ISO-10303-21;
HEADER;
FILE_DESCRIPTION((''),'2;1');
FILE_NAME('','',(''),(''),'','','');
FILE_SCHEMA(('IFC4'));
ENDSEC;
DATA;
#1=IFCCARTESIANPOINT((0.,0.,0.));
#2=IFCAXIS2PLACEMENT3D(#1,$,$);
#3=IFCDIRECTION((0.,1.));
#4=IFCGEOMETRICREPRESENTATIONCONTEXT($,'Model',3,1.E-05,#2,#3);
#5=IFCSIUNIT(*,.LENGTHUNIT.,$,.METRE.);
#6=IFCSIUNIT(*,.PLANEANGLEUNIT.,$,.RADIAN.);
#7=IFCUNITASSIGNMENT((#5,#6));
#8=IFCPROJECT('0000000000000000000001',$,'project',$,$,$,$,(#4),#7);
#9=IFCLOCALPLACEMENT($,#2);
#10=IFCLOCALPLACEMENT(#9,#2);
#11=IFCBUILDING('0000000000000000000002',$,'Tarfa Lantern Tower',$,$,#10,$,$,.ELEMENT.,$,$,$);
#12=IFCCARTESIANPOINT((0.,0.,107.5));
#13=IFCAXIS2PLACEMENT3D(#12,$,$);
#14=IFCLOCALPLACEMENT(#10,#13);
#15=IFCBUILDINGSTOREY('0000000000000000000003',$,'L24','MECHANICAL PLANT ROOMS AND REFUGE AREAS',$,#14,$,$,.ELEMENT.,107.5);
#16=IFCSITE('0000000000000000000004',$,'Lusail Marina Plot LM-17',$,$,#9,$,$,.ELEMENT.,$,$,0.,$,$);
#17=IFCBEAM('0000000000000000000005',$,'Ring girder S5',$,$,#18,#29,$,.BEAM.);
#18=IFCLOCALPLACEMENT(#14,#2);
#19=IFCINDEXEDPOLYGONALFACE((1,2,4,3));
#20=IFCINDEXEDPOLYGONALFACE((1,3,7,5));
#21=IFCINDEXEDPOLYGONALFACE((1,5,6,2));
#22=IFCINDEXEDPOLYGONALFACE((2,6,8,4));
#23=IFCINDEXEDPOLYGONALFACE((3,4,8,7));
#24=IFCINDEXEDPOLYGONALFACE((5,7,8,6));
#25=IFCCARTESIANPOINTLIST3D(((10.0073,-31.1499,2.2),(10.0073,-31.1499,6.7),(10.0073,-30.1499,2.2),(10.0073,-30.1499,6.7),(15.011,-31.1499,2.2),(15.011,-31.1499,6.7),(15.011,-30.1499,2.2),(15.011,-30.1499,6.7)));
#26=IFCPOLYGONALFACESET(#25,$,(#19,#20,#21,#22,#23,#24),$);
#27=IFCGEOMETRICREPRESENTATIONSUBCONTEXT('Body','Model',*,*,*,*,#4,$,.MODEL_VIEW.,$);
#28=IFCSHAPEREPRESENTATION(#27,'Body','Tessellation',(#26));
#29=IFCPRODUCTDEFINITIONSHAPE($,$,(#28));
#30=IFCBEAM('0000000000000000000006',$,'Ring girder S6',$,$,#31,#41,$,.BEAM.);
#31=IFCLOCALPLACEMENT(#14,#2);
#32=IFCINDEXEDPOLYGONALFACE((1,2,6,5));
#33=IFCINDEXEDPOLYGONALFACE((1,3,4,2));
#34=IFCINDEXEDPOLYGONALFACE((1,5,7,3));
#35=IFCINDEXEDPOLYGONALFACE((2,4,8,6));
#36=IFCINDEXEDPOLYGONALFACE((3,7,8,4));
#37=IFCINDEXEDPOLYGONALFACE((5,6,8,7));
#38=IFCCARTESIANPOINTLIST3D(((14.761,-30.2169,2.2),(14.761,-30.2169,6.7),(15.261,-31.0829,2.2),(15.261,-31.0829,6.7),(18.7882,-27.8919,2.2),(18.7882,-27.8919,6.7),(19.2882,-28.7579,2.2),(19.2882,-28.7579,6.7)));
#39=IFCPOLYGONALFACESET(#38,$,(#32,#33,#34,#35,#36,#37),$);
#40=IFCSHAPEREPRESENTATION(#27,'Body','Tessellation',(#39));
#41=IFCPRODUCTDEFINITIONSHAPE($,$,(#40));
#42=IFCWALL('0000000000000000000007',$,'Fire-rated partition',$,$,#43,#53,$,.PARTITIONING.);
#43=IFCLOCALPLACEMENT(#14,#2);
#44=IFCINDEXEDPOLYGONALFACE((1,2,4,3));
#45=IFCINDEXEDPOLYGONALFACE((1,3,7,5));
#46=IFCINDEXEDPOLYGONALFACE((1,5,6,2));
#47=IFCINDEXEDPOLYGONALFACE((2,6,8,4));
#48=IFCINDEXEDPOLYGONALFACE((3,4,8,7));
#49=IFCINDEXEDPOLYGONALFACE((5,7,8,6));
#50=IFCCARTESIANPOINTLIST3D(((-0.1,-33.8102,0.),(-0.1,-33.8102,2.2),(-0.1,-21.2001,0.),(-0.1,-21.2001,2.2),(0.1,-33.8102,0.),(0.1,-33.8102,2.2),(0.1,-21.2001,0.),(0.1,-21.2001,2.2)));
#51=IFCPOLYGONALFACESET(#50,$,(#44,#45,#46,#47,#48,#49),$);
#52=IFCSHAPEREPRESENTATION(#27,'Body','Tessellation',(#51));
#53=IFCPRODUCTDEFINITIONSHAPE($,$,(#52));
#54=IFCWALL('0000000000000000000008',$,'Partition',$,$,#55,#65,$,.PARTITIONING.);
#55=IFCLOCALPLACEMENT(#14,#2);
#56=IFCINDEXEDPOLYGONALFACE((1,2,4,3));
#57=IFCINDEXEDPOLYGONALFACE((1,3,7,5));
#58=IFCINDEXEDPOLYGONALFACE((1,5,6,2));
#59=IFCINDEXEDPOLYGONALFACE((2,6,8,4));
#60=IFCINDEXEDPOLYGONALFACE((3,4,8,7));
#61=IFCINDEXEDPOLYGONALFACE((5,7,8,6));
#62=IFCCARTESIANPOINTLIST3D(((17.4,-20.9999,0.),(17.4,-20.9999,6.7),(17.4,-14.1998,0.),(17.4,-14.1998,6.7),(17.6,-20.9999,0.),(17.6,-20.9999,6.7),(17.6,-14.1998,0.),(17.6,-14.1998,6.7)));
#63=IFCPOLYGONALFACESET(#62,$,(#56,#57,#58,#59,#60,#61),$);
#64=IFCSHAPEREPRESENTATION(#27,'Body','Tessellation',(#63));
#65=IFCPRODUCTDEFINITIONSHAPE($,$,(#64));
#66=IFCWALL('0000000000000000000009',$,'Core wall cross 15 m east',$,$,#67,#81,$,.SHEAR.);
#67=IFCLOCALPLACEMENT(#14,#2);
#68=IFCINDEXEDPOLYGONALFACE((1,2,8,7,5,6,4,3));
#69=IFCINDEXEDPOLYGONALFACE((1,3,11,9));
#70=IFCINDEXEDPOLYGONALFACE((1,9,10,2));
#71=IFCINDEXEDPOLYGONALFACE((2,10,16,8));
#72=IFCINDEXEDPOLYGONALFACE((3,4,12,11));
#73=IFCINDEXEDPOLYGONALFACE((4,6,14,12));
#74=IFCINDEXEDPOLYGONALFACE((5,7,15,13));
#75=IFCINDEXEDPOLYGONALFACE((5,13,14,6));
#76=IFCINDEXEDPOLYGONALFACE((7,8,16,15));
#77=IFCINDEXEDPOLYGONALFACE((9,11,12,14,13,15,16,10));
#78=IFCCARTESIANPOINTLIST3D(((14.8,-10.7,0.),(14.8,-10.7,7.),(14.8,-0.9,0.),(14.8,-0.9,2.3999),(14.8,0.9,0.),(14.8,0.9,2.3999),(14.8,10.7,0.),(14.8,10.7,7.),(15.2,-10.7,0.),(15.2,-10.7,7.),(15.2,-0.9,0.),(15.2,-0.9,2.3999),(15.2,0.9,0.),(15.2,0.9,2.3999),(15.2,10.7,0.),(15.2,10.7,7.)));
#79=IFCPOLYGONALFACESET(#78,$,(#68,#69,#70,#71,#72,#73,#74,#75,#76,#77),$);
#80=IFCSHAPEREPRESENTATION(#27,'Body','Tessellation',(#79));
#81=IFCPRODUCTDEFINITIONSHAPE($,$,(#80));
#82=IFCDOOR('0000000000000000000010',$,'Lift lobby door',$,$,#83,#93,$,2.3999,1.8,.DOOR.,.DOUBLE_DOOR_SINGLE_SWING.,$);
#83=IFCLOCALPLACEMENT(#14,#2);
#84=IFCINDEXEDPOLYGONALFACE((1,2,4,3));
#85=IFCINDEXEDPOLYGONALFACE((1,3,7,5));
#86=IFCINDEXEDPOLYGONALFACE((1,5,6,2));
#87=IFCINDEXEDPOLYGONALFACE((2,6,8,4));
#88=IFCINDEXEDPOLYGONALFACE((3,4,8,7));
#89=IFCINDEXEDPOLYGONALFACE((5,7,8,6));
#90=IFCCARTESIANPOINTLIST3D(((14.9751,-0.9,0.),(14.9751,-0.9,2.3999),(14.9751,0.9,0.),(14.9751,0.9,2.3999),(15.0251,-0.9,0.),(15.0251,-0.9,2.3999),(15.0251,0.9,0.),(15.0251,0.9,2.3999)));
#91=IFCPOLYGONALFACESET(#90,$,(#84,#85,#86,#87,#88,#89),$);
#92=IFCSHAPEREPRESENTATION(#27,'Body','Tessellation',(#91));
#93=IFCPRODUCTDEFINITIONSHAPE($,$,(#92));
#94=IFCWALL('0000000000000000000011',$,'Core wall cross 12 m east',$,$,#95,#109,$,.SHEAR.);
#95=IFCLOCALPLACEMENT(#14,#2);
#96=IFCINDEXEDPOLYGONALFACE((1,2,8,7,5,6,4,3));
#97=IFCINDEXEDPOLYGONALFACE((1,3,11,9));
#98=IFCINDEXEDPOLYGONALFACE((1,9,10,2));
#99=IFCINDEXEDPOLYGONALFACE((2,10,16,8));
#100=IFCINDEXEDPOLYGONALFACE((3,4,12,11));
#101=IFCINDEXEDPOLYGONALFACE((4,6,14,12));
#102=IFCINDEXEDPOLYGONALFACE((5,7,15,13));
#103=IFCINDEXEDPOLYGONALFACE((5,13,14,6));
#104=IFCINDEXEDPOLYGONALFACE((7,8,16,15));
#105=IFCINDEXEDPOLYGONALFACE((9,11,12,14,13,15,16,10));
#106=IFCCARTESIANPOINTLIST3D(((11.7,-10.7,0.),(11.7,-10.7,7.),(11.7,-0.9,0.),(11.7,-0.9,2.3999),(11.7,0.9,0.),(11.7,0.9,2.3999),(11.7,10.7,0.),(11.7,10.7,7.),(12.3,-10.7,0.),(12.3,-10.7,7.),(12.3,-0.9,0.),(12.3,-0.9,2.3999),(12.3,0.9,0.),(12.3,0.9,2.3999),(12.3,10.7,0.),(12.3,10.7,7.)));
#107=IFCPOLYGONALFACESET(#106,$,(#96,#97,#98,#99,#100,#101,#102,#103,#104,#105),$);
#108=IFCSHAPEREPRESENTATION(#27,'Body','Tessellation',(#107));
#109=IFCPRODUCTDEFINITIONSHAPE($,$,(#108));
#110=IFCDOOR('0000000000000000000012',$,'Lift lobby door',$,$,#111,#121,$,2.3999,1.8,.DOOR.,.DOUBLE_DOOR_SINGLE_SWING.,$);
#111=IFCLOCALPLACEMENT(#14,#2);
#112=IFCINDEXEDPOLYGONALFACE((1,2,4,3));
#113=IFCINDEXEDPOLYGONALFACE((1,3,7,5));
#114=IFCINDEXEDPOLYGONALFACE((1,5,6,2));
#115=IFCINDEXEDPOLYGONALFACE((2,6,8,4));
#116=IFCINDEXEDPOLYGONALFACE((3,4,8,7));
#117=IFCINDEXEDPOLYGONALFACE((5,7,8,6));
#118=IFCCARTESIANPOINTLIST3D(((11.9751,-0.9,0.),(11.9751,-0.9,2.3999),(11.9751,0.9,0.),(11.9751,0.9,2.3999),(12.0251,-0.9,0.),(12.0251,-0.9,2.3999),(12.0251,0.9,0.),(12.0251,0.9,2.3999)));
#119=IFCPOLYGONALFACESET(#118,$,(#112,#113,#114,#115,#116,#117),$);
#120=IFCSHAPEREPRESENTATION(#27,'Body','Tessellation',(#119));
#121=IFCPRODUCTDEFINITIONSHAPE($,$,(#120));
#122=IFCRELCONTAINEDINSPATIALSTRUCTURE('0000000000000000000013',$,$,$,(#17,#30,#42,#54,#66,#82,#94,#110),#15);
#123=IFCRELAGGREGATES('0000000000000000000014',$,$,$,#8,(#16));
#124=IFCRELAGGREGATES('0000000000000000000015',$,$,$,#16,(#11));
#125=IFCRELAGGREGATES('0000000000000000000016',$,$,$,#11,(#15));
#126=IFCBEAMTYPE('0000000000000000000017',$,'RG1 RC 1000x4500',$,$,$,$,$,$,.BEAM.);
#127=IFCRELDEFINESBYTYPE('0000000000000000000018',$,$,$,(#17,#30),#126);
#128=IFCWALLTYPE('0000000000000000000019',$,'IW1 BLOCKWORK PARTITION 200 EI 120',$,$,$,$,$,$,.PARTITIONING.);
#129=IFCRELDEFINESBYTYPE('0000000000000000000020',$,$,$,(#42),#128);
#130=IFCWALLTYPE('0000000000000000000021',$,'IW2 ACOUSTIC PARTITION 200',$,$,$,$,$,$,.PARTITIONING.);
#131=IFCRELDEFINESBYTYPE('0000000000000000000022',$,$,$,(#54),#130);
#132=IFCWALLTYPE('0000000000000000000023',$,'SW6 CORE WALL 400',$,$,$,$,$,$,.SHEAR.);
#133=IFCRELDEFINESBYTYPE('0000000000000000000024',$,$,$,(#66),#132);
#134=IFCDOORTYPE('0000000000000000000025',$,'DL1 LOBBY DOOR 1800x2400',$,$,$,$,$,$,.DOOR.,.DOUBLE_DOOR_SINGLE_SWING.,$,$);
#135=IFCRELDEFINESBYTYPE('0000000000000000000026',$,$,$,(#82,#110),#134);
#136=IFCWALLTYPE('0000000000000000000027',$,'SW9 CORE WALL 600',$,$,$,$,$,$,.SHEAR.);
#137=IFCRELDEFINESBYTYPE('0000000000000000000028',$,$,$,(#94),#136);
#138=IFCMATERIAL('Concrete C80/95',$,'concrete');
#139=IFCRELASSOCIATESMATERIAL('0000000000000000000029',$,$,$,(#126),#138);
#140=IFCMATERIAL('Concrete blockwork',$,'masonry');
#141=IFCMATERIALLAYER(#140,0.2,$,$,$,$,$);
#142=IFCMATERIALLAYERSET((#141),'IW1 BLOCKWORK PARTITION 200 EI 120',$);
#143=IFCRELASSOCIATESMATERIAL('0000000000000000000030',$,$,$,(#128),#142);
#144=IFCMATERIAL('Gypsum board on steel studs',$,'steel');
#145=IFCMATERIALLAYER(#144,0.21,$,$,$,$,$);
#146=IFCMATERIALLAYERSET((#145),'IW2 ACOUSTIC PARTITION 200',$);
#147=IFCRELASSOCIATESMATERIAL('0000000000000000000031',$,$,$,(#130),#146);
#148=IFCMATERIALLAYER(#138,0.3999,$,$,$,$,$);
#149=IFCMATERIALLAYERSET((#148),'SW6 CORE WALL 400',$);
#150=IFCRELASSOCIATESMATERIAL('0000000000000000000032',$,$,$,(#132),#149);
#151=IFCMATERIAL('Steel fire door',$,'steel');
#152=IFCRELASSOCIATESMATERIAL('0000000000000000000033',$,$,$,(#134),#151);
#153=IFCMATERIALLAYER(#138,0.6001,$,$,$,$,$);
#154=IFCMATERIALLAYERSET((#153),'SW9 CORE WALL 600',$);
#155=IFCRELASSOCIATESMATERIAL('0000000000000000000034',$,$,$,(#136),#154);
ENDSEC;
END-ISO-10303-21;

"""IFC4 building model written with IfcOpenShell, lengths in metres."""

from ifc_helpers import new_model, si_unit, direction, frame, frame_2d, origin, origin_2d, place, context, subcontext, project, spatial, rectangle, extrude, material, layer, layer_set, material_profile, profile_set, type_object, element, fill, save


model = new_model("IFC4")

# Units and contexts
model_context = context("Model", 3, precision=1e-05, world=origin(), true_north=direction((0.0, 1.0)))
body_context = subcontext(model_context, "Body", "Model", "MODEL_VIEW")
ifc_project = project(units=[si_unit("LENGTHUNIT", "METRE"), si_unit("PLANEANGLEUNIT", "RADIAN")], contexts=[model_context])

# Site, building, storey
site_placement = place(None, origin())
site = spatial("IfcSite", under=ifc_project, at=site_placement, Name="Lusail Marina Plot LM-17", CompositionType="ELEMENT", RefElevation=0.0)
building_placement = place(site_placement, origin())
building = spatial("IfcBuilding", under=site, at=building_placement, Name="Tarfa Lantern Tower", CompositionType="ELEMENT")
storey_placement = place(building_placement, frame((0.0, 0.0, 107.5)))
storey = spatial("IfcBuildingStorey", under=building, at=storey_placement, Name="L24", Description="MECHANICAL PLANT ROOMS AND REFUGE AREAS", CompositionType="ELEMENT", Elevation=107.5)

# Beams
ifc_material_1 = material(Name="Concrete C80/95", Category="concrete")
ifc_material_profile = material_profile(ifc_material_1, rectangle(XDim=1.0, YDim=4.5, at=origin_2d()), Name="RC 1000x4500")
ifc_profile_set = profile_set([ifc_material_profile], Name="Concrete C80/95")
beam_type = type_object("IfcBeamType", Name="RG1 RC 1000x4500", PredefinedType="BEAM", material=ifc_profile_set)
beam_1_placement = place(storey_placement, frame((10.0073, -30.6499, 4.45), z_axis=(1.0, 0.0, 0.0), x_axis=(0.0, 1.0, 0.0)))
element("IfcBeam", 1, at=beam_1_placement, inside=storey, type_object=beam_type, Name="Ring girder S5", PredefinedType="BEAM", context=body_context, shape_type="SweptSolid", body=[
    extrude(rectangle(XDim=1.0, YDim=4.5, at=origin_2d()), origin(), (0.0, 0.0, 1.0), 5.0037),
])
beam_2_placement = place(storey_placement, frame((15.011, -30.6499, 4.45), z_axis=(0.866034, 0.499985, 0.0), x_axis=(-0.499985, 0.866034, 0.0)))
element("IfcBeam", 2, at=beam_2_placement, inside=storey, type_object=beam_type, Name="Ring girder S6", PredefinedType="BEAM", context=body_context, shape_type="SweptSolid", body=[
    extrude(rectangle(XDim=1.0, YDim=4.5, at=origin_2d()), origin(), (0.0, 0.0, 1.0), 4.6501),
])

# Walls
ifc_material_2 = material(Name="Concrete blockwork", Category="masonry")
ifc_layer_1 = layer(ifc_material_2, 0.2)
ifc_layer_set_1 = layer_set([ifc_layer_1], Name="IW1 BLOCKWORK PARTITION 200 EI 120")
wall_type_1 = type_object("IfcWallType", Name="IW1 BLOCKWORK PARTITION 200 EI 120", PredefinedType="PARTITIONING", material=ifc_layer_set_1)
wall_1_placement = place(storey_placement, frame((0.0, -21.2, 0.0), z_axis=(0.0, 0.0, 1.0), x_axis=(0.0, -1.0, 0.0)))
element("IfcWall", 3, at=wall_1_placement, inside=storey, type_object=wall_type_1, Name="Fire-rated partition", PredefinedType="PARTITIONING", context=body_context, shape_type="SweptSolid", body=[
    extrude(rectangle(XDim=12.6101, YDim=0.2, at=frame_2d((6.3052, 0.0))), origin(), (0.0, 0.0, 1.0), 2.2),
])
ifc_material_3 = material(Name="Gypsum board on steel studs", Category="steel")
ifc_layer_2 = layer(ifc_material_3, 0.21)
ifc_layer_set_2 = layer_set([ifc_layer_2], Name="IW2 ACOUSTIC PARTITION 200")
wall_type_2 = type_object("IfcWallType", Name="IW2 ACOUSTIC PARTITION 200", PredefinedType="PARTITIONING", material=ifc_layer_set_2)
wall_2_placement = place(storey_placement, frame((17.5, -14.2, 0.0), z_axis=(0.0, 0.0, 1.0), x_axis=(0.0, -1.0, 0.0)))
element("IfcWall", 4, at=wall_2_placement, inside=storey, type_object=wall_type_2, Name="Partition", PredefinedType="PARTITIONING", context=body_context, shape_type="SweptSolid", body=[
    extrude(rectangle(XDim=6.8, YDim=0.2, at=frame_2d((3.3999, 0.0))), origin(), (0.0, 0.0, 1.0), 6.7),
])

# Walls, openings, doors
ifc_layer_3 = layer(ifc_material_1, 0.3999)
ifc_layer_set_3 = layer_set([ifc_layer_3], Name="SW6 CORE WALL 400")
wall_type_3 = type_object("IfcWallType", Name="SW6 CORE WALL 400", PredefinedType="SHEAR", material=ifc_layer_set_3)
wall_3_placement = place(storey_placement, frame((15.0, -10.7, 0.0), z_axis=(0.0, 0.0, 1.0), x_axis=(0.0, 1.0, 0.0)))
wall_3 = element("IfcWall", 5, at=wall_3_placement, inside=storey, type_object=wall_type_3, Name="Core wall cross 15 m east", PredefinedType="SHEAR", context=body_context, shape_type="SweptSolid", body=[
    extrude(rectangle(XDim=21.3999, YDim=0.3999, at=frame_2d((10.7, 0.0))), origin(), (0.0, 0.0, 1.0), 7.0),
])
opening_1_placement = place(wall_3_placement, frame((9.8, 0.0, 0.0)))
opening_1 = element("IfcOpeningElement", 6, at=opening_1_placement, cuts=wall_3, PredefinedType="OPENING", context=body_context, shape_type="SweptSolid", body=[
    extrude(rectangle(XDim=1.8, YDim=2.3999, at=frame_2d((0.8999, 1.2))), frame((0.0, 0.21, 0.0), z_axis=(0.0, -1.0, 0.0), x_axis=(1.0, 0.0, 0.0)), (0.0, 0.0, 1.0), 0.4199),
])
ifc_material_4 = material(Name="Steel fire door", Category="steel")
door_type = type_object("IfcDoorType", Name="DL1 LOBBY DOOR 1800x2400", OperationType="DOUBLE_DOOR_SINGLE_SWING", PredefinedType="DOOR", material=ifc_material_4)
door_1_placement = place(opening_1_placement, origin())
door_1 = element("IfcDoor", 7, at=door_1_placement, inside=storey, type_object=door_type, Name="Lift lobby door", OperationType="DOUBLE_DOOR_SINGLE_SWING", OverallHeight=2.3999, OverallWidth=1.8, PredefinedType="DOOR", context=body_context, shape_type="SweptSolid", body=[
    extrude(rectangle(XDim=1.8, YDim=2.3999, at=frame_2d((0.8999, 1.2))), frame((0.0, 0.0249, 0.0), z_axis=(0.0, -1.0, 0.0), x_axis=(1.0, 0.0, 0.0)), (0.0, 0.0, 1.0), 0.05),
])
fill(opening_1, door_1)
ifc_layer_4 = layer(ifc_material_1, 0.6001)
ifc_layer_set_4 = layer_set([ifc_layer_4], Name="SW9 CORE WALL 600")
wall_type_4 = type_object("IfcWallType", Name="SW9 CORE WALL 600", PredefinedType="SHEAR", material=ifc_layer_set_4)
wall_4_placement = place(storey_placement, frame((12.0, -10.7, 0.0), z_axis=(0.0, 0.0, 1.0), x_axis=(0.0, 1.0, 0.0)))
wall_4 = element("IfcWall", 8, at=wall_4_placement, inside=storey, type_object=wall_type_4, Name="Core wall cross 12 m east", PredefinedType="SHEAR", context=body_context, shape_type="SweptSolid", body=[
    extrude(rectangle(XDim=21.3999, YDim=0.6001, at=frame_2d((10.7, 0.0))), origin(), (0.0, 0.0, 1.0), 7.0),
])
opening_2_placement = place(wall_4_placement, frame((9.8, 0.0, 0.0)))
opening_2 = element("IfcOpeningElement", 9, at=opening_2_placement, cuts=wall_4, PredefinedType="OPENING", context=body_context, shape_type="SweptSolid", body=[
    extrude(rectangle(XDim=1.8, YDim=2.3999, at=frame_2d((0.8999, 1.2))), frame((0.0, 0.3101, 0.0), z_axis=(0.0, -1.0, 0.0), x_axis=(1.0, 0.0, 0.0)), (0.0, 0.0, 1.0), 0.6201),
])
door_2_placement = place(opening_2_placement, origin())
door_2 = element("IfcDoor", 10, at=door_2_placement, inside=storey, type_object=door_type, Name="Lift lobby door", OperationType="DOUBLE_DOOR_SINGLE_SWING", OverallHeight=2.3999, OverallWidth=1.8, PredefinedType="DOOR", context=body_context, shape_type="SweptSolid", body=[
    extrude(rectangle(XDim=1.8, YDim=2.3999, at=frame_2d((0.8999, 1.2))), frame((0.0, 0.0249, 0.0), z_axis=(0.0, -1.0, 0.0), x_axis=(1.0, 0.0, 0.0)), (0.0, 0.0, 1.0), 0.05),
])
fill(opening_2, door_2)

save(model, "model.ifc")
